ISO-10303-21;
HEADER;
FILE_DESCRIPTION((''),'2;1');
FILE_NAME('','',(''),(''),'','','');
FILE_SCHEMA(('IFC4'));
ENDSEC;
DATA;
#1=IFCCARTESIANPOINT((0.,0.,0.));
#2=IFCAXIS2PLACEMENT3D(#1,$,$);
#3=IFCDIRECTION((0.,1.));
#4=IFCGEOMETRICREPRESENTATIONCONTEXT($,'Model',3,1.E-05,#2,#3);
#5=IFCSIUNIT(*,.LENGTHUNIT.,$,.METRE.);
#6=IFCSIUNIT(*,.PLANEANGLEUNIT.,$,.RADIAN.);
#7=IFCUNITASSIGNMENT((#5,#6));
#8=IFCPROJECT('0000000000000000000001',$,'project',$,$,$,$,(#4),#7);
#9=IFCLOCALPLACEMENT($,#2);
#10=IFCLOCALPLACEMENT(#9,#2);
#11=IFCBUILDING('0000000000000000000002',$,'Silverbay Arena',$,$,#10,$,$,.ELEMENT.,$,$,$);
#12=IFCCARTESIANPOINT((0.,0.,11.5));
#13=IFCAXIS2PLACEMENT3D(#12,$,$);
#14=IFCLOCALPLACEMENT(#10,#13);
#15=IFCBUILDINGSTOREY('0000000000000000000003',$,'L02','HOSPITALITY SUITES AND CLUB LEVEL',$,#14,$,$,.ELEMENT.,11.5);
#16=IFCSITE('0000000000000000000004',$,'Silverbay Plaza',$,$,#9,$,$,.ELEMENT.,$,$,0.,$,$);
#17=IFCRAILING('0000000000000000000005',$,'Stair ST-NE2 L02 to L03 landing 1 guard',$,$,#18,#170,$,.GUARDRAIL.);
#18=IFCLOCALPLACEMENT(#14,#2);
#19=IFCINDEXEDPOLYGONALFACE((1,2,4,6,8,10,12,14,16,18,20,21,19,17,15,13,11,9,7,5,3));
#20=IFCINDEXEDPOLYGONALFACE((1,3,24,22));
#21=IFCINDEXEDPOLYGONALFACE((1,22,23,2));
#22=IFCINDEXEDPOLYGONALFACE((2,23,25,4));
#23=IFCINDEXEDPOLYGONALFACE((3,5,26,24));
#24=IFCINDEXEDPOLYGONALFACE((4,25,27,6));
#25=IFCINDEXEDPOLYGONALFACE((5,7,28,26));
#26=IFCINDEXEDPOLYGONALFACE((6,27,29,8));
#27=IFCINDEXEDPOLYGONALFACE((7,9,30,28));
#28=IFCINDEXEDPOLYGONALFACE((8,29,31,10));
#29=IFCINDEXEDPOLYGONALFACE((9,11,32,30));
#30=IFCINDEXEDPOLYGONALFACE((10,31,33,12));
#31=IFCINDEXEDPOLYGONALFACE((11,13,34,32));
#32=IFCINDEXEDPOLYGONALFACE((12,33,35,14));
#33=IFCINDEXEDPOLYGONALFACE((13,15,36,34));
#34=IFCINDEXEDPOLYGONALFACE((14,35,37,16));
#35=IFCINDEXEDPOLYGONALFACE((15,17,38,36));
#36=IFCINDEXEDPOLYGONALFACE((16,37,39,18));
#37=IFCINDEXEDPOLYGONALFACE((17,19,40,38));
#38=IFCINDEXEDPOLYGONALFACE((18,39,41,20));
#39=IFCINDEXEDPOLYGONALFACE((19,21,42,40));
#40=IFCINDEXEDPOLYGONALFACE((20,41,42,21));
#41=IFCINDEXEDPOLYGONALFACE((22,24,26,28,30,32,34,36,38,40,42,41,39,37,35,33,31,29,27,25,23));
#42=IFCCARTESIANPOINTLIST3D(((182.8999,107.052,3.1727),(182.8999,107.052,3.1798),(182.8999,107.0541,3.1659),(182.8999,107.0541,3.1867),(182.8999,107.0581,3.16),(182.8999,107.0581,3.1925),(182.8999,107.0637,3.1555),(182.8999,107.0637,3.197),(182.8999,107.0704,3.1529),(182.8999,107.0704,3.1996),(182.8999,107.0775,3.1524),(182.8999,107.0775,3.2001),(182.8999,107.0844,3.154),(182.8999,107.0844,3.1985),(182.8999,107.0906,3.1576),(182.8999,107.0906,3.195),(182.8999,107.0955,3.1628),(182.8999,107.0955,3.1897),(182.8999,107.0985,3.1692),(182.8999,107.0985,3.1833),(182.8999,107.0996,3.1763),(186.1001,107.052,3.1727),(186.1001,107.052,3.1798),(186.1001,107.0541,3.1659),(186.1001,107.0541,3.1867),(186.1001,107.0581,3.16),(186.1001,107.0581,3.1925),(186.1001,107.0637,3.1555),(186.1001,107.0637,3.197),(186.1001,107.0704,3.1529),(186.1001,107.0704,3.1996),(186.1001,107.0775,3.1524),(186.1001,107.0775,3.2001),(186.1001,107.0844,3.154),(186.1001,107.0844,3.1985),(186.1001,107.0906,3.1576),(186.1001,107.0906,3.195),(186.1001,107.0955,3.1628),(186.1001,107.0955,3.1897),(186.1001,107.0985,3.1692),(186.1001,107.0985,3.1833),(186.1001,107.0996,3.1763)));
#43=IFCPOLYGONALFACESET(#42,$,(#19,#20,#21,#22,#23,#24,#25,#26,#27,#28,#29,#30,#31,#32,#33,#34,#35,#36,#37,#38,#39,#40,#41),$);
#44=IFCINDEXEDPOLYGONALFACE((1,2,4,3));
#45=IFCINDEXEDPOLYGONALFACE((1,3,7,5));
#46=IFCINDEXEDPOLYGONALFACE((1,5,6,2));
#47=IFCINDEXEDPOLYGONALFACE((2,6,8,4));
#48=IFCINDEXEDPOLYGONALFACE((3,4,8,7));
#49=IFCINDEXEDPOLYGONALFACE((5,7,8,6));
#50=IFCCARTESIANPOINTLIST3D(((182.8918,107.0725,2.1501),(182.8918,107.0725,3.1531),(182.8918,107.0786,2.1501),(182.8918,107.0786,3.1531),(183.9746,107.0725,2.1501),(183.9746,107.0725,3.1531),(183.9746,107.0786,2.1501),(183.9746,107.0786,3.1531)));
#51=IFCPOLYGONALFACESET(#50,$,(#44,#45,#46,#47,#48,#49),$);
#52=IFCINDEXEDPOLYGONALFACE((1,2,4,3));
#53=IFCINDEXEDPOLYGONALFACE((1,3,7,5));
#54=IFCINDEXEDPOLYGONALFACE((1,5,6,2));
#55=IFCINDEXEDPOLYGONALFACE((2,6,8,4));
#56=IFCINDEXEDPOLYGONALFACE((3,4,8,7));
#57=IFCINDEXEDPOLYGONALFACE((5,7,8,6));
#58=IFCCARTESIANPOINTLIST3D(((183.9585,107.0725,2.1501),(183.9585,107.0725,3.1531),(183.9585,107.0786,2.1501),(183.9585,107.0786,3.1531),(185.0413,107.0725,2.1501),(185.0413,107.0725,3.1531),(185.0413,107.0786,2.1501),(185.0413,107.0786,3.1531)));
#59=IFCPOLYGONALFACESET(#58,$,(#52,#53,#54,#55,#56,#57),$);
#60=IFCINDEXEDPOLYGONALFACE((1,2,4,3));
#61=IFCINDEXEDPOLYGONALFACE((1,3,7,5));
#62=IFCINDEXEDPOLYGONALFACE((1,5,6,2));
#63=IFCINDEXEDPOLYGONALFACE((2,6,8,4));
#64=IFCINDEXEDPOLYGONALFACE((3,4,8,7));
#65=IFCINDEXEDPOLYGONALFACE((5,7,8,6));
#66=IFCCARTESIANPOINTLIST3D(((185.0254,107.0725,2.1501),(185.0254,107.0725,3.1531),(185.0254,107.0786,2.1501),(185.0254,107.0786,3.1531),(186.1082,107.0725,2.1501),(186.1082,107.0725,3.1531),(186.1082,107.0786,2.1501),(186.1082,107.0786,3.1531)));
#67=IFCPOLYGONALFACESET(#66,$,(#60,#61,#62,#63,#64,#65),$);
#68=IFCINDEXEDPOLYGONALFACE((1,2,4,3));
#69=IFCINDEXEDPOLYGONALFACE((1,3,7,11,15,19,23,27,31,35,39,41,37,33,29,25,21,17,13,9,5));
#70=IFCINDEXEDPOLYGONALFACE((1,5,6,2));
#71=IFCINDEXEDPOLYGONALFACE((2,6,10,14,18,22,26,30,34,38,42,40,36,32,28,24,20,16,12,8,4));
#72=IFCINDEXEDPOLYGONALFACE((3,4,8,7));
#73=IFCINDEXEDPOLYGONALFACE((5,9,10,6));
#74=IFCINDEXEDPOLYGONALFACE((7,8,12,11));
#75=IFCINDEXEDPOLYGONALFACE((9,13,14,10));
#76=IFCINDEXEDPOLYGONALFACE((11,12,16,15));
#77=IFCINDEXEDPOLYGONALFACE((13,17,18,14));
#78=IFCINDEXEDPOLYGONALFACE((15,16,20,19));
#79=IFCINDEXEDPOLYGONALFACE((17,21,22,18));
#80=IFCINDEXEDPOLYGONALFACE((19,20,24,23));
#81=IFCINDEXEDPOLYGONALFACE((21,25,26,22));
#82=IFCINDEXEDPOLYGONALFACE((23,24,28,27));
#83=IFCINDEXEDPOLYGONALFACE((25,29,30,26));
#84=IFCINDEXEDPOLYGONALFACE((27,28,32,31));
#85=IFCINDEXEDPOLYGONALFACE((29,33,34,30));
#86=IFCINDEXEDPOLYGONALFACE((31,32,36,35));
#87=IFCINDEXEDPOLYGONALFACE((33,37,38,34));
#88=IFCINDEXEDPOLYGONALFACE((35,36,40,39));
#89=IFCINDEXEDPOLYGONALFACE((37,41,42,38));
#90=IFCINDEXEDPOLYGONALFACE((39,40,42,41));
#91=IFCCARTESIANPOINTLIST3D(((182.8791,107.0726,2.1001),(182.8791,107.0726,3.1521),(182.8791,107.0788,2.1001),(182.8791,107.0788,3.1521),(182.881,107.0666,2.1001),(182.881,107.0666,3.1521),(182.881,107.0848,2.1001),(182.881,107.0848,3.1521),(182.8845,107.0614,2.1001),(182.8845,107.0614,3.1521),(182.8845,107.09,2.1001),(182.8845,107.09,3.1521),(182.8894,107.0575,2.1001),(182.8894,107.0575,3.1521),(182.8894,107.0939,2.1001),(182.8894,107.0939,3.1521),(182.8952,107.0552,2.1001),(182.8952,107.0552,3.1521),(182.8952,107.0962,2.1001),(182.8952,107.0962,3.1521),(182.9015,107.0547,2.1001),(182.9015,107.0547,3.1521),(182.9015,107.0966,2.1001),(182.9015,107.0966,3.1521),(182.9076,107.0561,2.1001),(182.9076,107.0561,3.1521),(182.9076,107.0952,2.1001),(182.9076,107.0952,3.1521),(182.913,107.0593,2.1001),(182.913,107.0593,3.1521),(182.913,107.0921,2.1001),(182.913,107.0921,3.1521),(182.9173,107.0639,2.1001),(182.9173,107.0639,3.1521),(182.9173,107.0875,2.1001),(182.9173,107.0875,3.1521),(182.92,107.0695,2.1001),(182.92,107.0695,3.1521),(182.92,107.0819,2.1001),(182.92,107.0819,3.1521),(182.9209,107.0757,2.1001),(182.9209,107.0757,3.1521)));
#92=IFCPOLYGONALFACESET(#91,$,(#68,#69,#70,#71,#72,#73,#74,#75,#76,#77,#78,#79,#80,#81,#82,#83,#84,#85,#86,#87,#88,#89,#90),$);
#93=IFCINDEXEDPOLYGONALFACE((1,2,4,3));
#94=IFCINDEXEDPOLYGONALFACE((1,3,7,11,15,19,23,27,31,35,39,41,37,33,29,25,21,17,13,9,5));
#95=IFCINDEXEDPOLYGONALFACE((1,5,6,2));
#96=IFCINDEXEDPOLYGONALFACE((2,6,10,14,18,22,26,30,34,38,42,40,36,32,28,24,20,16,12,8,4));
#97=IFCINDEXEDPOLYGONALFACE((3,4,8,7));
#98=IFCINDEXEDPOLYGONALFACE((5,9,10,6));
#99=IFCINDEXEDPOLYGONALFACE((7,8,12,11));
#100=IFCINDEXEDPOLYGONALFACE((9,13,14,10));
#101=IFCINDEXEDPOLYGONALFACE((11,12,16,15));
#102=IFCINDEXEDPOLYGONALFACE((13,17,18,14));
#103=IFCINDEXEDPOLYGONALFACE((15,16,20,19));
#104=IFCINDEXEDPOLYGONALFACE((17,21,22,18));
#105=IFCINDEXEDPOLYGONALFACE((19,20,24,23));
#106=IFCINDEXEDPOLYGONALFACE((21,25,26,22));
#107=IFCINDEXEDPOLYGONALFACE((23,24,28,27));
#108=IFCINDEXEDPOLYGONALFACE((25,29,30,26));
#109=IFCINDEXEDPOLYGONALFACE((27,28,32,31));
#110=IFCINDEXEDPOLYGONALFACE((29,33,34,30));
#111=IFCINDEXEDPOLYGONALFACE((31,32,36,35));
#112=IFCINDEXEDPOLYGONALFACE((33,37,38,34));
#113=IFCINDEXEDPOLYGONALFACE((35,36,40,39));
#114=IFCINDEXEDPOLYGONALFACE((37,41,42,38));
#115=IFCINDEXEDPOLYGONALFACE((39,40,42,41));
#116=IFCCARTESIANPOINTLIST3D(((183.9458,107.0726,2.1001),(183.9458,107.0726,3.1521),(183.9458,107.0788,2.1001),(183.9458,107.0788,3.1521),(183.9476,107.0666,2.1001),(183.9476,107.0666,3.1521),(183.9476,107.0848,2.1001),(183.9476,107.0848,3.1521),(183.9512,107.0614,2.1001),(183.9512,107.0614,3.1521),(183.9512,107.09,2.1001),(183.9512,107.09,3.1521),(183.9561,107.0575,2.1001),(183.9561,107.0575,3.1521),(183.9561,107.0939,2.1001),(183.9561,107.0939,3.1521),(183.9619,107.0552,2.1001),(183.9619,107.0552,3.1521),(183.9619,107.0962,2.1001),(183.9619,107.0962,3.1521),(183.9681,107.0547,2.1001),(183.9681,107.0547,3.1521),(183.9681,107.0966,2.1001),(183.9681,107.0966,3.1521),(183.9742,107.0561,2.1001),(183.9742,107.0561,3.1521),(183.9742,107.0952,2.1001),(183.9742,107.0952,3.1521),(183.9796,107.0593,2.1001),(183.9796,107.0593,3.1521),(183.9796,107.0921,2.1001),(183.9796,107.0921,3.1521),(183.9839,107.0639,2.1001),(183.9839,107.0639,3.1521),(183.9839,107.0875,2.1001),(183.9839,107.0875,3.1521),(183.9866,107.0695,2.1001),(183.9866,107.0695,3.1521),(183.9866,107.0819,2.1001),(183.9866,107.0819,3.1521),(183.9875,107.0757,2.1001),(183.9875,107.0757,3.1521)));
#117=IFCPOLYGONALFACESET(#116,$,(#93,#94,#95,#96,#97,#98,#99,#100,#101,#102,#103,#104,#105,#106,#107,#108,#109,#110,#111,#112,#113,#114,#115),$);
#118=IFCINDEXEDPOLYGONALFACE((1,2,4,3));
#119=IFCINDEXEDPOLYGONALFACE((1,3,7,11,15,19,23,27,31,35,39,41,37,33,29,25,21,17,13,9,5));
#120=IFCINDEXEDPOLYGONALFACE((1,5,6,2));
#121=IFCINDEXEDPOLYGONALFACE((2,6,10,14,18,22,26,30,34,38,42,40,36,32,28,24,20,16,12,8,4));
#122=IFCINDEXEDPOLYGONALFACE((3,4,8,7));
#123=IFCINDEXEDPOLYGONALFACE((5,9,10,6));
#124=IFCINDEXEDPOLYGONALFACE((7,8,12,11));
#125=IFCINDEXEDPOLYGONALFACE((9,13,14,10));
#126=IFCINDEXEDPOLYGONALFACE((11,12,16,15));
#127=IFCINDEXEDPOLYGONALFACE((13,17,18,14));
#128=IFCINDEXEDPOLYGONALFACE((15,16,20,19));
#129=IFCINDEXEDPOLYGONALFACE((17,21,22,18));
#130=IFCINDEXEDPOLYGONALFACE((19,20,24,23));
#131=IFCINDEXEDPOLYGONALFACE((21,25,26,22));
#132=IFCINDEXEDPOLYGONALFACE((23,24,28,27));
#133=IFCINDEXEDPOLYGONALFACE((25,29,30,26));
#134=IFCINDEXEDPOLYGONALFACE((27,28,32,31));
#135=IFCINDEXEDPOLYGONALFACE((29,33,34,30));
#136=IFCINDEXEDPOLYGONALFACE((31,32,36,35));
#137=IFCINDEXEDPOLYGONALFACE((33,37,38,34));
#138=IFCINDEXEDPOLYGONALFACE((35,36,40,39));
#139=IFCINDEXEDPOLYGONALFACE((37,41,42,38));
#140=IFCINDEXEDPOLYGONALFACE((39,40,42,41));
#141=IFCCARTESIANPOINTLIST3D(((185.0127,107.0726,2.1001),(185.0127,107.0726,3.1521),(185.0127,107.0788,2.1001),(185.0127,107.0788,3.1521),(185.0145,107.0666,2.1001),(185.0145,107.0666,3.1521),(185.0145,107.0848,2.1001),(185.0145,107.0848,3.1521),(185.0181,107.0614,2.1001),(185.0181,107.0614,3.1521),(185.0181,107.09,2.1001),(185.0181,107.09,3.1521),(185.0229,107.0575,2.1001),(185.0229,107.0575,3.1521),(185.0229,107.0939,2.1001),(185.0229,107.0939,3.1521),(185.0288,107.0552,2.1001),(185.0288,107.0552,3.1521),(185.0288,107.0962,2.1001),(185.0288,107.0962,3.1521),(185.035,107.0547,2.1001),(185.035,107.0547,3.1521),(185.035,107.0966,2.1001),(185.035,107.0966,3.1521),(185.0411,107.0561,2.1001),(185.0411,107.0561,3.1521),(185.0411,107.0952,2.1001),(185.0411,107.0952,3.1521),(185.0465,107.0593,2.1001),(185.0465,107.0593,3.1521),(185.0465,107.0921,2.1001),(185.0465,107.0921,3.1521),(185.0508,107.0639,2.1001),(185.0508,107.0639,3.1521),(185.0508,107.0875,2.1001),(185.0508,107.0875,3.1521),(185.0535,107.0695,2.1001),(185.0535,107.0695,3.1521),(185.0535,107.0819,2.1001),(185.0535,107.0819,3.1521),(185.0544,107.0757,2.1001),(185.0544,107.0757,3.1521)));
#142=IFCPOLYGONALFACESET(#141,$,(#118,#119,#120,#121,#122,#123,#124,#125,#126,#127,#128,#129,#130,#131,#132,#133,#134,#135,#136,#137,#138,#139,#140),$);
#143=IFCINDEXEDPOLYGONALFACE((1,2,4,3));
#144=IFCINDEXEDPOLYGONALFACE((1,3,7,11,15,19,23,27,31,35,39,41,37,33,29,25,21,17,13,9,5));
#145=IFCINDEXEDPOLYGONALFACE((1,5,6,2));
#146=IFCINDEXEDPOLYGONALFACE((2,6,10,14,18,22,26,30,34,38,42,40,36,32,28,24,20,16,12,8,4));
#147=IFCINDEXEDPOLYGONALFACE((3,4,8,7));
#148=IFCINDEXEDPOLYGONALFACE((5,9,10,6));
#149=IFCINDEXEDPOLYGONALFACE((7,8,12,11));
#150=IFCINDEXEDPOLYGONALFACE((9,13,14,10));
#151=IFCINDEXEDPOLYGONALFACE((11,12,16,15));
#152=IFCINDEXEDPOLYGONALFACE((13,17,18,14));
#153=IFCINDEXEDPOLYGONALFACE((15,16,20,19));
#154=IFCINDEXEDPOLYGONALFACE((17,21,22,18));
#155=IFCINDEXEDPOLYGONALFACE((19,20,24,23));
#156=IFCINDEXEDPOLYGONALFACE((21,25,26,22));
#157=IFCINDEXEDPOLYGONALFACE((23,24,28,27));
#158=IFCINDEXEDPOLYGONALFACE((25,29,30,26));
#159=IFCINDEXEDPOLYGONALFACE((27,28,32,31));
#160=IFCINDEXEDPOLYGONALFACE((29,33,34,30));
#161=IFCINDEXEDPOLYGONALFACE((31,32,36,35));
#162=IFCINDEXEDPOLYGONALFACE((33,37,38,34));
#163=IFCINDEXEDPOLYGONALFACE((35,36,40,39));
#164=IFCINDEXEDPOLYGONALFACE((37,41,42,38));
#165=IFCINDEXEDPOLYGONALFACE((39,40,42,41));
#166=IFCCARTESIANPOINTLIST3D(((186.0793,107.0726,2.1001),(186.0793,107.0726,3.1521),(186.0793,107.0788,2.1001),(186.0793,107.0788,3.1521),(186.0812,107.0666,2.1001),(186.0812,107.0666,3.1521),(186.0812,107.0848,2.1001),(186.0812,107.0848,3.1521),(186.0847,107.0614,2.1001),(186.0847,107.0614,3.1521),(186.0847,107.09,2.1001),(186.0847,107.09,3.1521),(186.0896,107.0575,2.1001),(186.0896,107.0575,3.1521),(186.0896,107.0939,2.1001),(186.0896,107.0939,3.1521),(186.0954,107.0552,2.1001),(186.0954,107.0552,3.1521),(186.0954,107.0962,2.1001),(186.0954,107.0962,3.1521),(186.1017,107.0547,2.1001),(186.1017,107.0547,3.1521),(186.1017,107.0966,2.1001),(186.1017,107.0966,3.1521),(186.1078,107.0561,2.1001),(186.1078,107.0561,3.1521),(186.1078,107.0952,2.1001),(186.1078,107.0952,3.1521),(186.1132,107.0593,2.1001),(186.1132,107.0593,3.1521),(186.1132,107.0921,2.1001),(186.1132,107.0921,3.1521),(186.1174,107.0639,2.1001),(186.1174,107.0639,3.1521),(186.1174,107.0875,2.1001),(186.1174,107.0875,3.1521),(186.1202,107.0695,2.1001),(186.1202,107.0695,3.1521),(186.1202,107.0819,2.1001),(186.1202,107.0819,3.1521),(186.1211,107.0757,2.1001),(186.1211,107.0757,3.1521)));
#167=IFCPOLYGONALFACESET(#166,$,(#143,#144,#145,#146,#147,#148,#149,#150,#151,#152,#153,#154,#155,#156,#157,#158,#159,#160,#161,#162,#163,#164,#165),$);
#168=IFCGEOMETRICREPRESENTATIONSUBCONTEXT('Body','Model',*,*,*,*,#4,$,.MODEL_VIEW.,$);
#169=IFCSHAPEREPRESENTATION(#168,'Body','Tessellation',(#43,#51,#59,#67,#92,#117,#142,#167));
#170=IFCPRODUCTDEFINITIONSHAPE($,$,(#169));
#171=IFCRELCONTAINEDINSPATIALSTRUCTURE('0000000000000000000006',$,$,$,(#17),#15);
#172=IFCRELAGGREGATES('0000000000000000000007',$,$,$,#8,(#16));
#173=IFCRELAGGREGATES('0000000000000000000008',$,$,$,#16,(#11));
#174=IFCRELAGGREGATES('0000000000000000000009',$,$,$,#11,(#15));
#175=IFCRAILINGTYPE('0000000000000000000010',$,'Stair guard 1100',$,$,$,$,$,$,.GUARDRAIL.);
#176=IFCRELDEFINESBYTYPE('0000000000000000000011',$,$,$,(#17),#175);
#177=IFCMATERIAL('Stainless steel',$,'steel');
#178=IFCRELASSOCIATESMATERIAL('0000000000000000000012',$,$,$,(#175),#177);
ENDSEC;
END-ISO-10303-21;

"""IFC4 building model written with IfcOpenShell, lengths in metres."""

from ifc_helpers import new_model, si_unit, direction, frame, origin, origin_2d, place, context, subcontext, project, spatial, polyline, circle, outline, extrude, material, type_object, element, save


model = new_model("IFC4")

# Units and contexts
model_context = context("Model", 3, precision=1e-05, world=origin(), true_north=direction((0.0, 1.0)))
body_context = subcontext(model_context, "Body", "Model", "MODEL_VIEW")
ifc_project = project(units=[si_unit("LENGTHUNIT", "METRE"), si_unit("PLANEANGLEUNIT", "RADIAN")], contexts=[model_context])

# Site, building, storey
site_placement = place(None, origin())
site = spatial("IfcSite", under=ifc_project, at=site_placement, Name="Silverbay Plaza", CompositionType="ELEMENT", RefElevation=0.0)
building_placement = place(site_placement, origin())
building = spatial("IfcBuilding", under=site, at=building_placement, Name="Silverbay Arena", CompositionType="ELEMENT")
storey_placement = place(building_placement, frame((0.0, 0.0, 11.5)))
storey = spatial("IfcBuildingStorey", under=building, at=storey_placement, Name="L02", Description="HOSPITALITY SUITES AND CLUB LEVEL", CompositionType="ELEMENT", Elevation=11.5)

# Railing
ifc_material_1 = material(Name="Stainless steel", Category="steel")
railing_type_1 = type_object("IfcRailingType", Name="Stair guard 1100", PredefinedType="GUARDRAIL", material=ifc_material_1)
for number, where, name in (
    (1, (182.8999, 107.0757, 2.1001), "Stair ST-NE2 L02 to L03 landing 1 guard"),
):
    element("IfcRailing", number, at=place(storey_placement, frame(where)), inside=storey, type_object=railing_type_1, Name=name, PredefinedType="GUARDRAIL", context=body_context, shape_type="SweptSolid", body=[
        extrude(circle(Radius=0.0239, at=origin_2d()), frame((0.0, 0.0, 1.0762), z_axis=(1.0, 0.0, 0.0), x_axis=(0.0, 1.0, 0.0)), (0.0, 0.0, 1.0), 3.2002),
        extrude(outline(polyline([(-0.0081, 0.05), (1.0747, 0.05), (1.0747, 1.053), (-0.0081, 1.053), (-0.0081, 0.05)])), frame((0.0, 0.0029, 0.0), z_axis=(0.0, -1.0, 0.0), x_axis=(1.0, 0.0, 0.0)), (0.0, 0.0, 1.0), 0.0061),
        extrude(outline(polyline([(-0.0081, 0.05), (1.0747, 0.05), (1.0747, 1.053), (-0.0081, 1.053), (-0.0081, 0.05)])), frame((1.0667, 0.0029, 0.0), z_axis=(0.0, -1.0, 0.0), x_axis=(1.0, 0.0, 0.0)), (0.0, 0.0, 1.0), 0.0061),
        extrude(outline(polyline([(-0.0081, 0.05), (1.0747, 0.05), (1.0747, 1.053), (-0.0081, 1.053), (-0.0081, 0.05)])), frame((2.1335, 0.0029, 0.0), z_axis=(0.0, -1.0, 0.0), x_axis=(1.0, 0.0, 0.0)), (0.0, 0.0, 1.0), 0.0061),
        extrude(circle(Radius=0.021, at=origin_2d()), origin(), (0.0, 0.0, 1.0), 1.052),
        extrude(circle(Radius=0.021, at=origin_2d()), frame((1.0667, 0.0, 0.0)), (0.0, 0.0, 1.0), 1.052),
        extrude(circle(Radius=0.021, at=origin_2d()), frame((2.1335, 0.0, 0.0)), (0.0, 0.0, 1.0), 1.052),
        extrude(circle(Radius=0.021, at=origin_2d()), frame((3.2002, 0.0, 0.0)), (0.0, 0.0, 1.0), 1.052),
    ])

save(model, "model.ifc")
